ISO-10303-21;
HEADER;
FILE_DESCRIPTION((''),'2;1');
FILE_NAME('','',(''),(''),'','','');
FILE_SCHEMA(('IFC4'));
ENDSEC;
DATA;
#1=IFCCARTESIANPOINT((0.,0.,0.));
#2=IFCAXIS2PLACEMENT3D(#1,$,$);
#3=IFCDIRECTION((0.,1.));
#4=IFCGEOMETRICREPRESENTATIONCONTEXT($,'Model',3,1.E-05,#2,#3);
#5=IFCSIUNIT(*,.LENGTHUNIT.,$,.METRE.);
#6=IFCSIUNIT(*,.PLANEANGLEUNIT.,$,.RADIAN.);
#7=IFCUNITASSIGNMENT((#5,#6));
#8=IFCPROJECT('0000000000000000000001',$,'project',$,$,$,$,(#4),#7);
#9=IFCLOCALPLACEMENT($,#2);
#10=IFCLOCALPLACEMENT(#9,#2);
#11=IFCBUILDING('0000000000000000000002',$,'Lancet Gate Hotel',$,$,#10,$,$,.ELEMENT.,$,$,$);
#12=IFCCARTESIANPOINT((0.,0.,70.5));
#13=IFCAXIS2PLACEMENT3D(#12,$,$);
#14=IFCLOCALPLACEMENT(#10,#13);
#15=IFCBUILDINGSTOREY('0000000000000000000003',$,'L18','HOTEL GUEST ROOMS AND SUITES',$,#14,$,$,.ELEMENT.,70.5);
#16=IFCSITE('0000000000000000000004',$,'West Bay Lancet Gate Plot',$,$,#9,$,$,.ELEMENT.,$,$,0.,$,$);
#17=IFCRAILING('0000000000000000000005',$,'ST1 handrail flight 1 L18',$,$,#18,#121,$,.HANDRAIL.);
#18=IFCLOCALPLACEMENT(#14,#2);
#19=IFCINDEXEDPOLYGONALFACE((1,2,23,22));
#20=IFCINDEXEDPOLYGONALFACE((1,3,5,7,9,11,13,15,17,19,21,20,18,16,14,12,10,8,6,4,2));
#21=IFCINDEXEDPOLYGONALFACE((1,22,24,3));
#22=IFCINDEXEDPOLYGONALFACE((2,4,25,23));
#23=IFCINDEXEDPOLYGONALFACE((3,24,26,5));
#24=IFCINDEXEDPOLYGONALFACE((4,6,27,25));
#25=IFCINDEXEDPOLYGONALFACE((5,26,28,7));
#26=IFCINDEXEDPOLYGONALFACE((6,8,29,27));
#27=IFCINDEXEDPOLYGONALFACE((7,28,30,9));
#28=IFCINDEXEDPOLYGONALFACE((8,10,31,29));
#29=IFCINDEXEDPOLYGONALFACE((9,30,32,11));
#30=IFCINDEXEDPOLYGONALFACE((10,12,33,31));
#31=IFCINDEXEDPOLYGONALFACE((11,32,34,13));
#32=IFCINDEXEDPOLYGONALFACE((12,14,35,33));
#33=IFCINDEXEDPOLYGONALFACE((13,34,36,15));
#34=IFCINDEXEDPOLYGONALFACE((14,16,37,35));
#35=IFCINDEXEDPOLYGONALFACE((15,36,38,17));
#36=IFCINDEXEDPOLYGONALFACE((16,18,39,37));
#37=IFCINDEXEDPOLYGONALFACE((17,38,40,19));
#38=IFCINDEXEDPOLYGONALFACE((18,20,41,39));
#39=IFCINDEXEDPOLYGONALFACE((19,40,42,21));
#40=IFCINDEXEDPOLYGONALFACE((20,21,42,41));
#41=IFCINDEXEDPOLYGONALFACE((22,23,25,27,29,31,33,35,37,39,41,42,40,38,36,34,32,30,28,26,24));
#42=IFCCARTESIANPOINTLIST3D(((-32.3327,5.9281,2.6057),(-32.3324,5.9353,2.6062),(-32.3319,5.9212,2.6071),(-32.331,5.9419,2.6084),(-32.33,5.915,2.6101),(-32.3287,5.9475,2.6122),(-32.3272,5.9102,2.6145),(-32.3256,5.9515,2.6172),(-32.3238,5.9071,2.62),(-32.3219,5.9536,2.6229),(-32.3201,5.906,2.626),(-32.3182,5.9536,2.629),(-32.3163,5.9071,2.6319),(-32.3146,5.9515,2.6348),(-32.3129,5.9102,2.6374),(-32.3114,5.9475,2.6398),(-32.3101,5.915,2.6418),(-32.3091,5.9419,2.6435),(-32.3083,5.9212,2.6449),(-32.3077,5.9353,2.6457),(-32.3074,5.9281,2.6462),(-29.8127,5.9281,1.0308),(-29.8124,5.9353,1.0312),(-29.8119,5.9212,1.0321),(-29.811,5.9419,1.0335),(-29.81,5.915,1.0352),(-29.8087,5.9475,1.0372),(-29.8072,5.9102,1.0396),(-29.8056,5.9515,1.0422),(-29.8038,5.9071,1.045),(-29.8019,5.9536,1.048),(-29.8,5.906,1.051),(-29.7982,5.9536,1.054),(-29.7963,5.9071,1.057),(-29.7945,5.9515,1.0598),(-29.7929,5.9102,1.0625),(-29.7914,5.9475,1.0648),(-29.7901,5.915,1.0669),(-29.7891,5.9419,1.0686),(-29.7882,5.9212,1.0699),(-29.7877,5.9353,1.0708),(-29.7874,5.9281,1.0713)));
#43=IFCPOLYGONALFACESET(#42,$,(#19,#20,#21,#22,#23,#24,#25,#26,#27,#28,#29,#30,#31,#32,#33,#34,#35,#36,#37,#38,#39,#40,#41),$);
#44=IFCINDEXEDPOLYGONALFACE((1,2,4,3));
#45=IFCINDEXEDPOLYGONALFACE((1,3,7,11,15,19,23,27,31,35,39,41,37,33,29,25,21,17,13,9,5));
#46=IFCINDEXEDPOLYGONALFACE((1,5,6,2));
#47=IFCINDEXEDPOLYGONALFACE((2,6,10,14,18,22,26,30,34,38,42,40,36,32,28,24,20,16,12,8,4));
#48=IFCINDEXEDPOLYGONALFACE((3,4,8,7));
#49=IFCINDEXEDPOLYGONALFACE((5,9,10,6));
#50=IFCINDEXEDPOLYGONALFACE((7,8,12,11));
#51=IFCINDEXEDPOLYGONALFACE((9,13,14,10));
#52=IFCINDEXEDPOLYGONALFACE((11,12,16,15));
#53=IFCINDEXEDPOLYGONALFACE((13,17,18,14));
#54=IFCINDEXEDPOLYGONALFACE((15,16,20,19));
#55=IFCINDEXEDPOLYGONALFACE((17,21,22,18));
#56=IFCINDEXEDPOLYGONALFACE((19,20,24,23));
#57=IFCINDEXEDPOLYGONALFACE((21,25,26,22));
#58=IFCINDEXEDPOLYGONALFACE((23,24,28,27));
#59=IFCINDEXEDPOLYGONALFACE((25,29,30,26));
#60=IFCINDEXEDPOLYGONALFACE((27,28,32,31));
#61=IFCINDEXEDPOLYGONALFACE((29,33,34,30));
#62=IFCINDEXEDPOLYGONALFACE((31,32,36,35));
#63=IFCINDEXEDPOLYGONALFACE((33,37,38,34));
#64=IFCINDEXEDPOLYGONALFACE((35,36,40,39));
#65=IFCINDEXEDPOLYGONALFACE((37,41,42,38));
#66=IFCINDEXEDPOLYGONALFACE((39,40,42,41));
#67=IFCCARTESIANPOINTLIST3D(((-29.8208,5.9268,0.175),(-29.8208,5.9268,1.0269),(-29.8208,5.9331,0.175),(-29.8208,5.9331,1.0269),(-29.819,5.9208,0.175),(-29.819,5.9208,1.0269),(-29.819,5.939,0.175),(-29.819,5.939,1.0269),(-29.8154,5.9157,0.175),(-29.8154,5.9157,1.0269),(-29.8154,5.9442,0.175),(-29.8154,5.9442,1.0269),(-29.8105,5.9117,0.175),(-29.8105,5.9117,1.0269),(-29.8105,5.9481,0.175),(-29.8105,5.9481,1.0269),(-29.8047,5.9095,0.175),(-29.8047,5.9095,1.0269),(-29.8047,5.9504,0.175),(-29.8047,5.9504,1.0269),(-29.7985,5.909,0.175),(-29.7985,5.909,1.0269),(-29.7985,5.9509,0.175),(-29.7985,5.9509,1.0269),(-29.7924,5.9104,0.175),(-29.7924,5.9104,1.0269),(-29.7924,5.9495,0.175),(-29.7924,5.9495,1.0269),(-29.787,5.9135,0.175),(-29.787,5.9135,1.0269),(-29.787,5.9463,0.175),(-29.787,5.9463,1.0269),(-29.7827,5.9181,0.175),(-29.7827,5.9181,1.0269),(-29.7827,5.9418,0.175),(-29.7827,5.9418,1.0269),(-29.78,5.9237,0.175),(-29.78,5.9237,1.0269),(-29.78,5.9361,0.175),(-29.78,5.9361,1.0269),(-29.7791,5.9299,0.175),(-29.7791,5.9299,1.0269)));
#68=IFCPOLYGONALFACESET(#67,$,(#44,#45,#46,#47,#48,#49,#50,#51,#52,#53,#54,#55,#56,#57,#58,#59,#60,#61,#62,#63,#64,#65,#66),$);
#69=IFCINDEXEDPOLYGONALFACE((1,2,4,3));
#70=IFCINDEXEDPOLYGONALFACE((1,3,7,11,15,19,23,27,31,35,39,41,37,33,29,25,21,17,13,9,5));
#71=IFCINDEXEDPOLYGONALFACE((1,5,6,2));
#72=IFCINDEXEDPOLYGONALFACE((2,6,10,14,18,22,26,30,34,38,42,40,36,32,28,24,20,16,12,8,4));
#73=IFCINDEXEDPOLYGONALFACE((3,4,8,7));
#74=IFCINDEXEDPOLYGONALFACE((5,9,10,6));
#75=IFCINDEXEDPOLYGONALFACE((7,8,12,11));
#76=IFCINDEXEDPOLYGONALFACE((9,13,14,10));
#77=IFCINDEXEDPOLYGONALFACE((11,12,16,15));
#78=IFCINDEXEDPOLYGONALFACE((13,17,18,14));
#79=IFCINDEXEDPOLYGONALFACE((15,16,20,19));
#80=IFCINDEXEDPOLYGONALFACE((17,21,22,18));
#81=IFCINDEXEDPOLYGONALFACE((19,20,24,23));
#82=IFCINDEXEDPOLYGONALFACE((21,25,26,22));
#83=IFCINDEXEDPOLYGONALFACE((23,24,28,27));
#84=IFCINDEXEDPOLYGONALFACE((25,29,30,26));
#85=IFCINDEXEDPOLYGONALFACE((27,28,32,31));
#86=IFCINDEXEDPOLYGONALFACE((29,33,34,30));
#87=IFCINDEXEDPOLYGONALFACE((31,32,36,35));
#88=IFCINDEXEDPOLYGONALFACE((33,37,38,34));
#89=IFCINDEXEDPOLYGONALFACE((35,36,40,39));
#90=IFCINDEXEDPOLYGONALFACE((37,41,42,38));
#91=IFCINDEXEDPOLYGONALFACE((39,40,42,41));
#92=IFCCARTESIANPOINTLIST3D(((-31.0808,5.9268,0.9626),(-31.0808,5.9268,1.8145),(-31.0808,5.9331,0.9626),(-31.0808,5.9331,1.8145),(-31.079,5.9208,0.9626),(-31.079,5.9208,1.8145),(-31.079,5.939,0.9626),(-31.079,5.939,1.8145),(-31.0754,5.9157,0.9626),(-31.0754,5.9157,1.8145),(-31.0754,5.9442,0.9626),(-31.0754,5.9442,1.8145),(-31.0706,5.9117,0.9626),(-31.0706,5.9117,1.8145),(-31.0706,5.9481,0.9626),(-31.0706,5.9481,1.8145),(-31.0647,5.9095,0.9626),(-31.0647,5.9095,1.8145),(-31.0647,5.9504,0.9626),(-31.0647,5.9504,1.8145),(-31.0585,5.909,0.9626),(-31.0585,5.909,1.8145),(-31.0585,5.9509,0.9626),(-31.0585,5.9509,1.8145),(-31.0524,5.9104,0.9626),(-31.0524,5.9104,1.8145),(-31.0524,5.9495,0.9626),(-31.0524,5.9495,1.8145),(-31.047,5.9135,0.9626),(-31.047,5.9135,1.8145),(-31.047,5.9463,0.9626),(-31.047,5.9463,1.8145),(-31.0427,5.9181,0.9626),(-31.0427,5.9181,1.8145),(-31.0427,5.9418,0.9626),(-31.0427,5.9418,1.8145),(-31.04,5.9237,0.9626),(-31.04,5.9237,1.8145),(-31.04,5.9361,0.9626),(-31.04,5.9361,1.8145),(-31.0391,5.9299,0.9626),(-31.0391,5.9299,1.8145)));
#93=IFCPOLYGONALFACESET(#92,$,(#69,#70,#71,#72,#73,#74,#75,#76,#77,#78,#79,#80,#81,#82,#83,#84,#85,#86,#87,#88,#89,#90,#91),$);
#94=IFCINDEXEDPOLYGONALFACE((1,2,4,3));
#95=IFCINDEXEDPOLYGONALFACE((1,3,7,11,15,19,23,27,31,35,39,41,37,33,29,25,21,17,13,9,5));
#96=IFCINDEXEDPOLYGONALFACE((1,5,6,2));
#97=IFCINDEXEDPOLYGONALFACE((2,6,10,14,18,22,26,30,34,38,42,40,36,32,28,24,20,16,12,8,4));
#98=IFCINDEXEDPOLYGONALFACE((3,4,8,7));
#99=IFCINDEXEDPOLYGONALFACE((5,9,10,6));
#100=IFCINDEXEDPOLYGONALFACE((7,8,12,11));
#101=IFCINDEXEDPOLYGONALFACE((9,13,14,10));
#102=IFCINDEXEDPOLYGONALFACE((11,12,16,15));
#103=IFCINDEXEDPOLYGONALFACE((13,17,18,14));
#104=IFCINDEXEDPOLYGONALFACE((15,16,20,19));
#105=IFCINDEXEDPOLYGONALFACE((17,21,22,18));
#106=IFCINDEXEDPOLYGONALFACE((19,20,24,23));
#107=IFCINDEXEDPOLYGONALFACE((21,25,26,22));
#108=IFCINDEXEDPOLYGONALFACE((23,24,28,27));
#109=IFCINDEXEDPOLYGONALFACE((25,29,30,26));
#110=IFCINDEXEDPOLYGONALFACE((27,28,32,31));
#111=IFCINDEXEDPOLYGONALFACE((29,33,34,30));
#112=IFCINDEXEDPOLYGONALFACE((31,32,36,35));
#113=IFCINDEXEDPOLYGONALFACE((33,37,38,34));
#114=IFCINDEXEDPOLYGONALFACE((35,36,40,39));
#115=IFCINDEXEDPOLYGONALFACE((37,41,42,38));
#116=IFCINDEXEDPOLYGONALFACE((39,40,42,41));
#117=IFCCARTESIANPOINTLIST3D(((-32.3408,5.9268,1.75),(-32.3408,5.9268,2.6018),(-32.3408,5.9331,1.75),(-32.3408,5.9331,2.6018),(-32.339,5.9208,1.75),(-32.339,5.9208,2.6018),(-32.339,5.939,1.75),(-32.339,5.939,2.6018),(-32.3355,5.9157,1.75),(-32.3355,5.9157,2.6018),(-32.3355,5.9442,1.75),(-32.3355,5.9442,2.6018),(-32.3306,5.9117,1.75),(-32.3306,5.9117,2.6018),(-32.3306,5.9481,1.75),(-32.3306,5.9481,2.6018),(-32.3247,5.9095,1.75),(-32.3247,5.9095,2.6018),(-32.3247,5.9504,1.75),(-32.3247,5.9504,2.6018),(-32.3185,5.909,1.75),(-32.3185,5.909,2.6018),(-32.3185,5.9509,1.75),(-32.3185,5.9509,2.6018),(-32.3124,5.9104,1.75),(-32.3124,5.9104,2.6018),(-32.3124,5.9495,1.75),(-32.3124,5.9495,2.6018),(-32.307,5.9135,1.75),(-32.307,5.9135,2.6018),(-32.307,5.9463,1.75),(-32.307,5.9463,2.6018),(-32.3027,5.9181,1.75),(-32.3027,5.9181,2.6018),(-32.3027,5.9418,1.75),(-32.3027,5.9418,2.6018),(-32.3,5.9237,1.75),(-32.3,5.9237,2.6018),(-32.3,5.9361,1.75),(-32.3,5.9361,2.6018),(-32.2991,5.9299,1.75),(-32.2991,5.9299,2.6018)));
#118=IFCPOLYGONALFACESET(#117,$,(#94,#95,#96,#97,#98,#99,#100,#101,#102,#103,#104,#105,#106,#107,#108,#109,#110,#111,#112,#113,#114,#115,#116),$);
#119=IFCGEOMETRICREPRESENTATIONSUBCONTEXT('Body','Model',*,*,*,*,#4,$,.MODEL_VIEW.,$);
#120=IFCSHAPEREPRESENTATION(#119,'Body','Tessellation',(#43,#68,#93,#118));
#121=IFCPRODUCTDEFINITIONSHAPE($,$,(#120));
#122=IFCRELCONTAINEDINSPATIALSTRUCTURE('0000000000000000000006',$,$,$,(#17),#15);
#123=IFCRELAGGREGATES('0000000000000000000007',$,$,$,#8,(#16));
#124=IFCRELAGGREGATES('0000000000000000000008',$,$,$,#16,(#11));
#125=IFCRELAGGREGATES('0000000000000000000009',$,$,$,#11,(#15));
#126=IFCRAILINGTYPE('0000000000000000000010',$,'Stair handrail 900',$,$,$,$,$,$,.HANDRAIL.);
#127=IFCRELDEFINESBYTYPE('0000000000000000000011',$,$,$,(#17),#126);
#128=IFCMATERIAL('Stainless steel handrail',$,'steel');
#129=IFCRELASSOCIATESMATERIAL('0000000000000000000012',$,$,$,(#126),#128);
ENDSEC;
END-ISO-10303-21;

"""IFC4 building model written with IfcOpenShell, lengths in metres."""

from ifc_helpers import new_model, si_unit, direction, frame, origin, origin_2d, place, context, subcontext, project, spatial, circle, extrude, material, type_object, element, save


model = new_model("IFC4")

# Units and contexts
model_context = context("Model", 3, precision=1e-05, world=origin(), true_north=direction((0.0, 1.0)))
body_context = subcontext(model_context, "Body", "Model", "MODEL_VIEW")
ifc_project = project(units=[si_unit("LENGTHUNIT", "METRE"), si_unit("PLANEANGLEUNIT", "RADIAN")], contexts=[model_context])

# Site, building, storey
site_placement = place(None, origin())
site = spatial("IfcSite", under=ifc_project, at=site_placement, Name="West Bay Lancet Gate Plot", CompositionType="ELEMENT", RefElevation=0.0)
building_placement = place(site_placement, origin())
building = spatial("IfcBuilding", under=site, at=building_placement, Name="Lancet Gate Hotel", CompositionType="ELEMENT")
storey_placement = place(building_placement, frame((0.0, 0.0, 70.5)))
storey = spatial("IfcBuildingStorey", under=building, at=storey_placement, Name="L18", Description="HOTEL GUEST ROOMS AND SUITES", CompositionType="ELEMENT", Elevation=70.5)

# Railing
ifc_material_1 = material(Name="Stainless steel handrail", Category="steel")
railing_type = type_object("IfcRailingType", Name="Stair handrail 900", PredefinedType="HANDRAIL", material=ifc_material_1)
railing_1_placement = place(storey_placement, frame((-29.8, 5.9299, 0.175)))
element("IfcRailing", 1, at=railing_1_placement, inside=storey, type_object=railing_type, Name="ST1 handrail flight 1 L18", PredefinedType="HANDRAIL", context=body_context, shape_type="SweptSolid", body=[
    extrude(circle(Radius=0.0239, at=origin_2d()), frame((0.0, 0.0, 0.876), z_axis=(-0.848008, 0.0, 0.529984), x_axis=(0.0, -1.0, 0.0)), (0.0, 0.0, 1.0), 2.9717),
    extrude(circle(Radius=0.021, at=origin_2d()), origin(), (0.0, 0.0, 1.0), 0.8518),
    extrude(circle(Radius=0.021, at=origin_2d()), frame((-1.26, 0.0, 0.7876)), (0.0, 0.0, 1.0), 0.8518),
    extrude(circle(Radius=0.021, at=origin_2d()), frame((-2.52, 0.0, 1.575)), (0.0, 0.0, 1.0), 0.8518),
])

save(model, "model.ifc")
